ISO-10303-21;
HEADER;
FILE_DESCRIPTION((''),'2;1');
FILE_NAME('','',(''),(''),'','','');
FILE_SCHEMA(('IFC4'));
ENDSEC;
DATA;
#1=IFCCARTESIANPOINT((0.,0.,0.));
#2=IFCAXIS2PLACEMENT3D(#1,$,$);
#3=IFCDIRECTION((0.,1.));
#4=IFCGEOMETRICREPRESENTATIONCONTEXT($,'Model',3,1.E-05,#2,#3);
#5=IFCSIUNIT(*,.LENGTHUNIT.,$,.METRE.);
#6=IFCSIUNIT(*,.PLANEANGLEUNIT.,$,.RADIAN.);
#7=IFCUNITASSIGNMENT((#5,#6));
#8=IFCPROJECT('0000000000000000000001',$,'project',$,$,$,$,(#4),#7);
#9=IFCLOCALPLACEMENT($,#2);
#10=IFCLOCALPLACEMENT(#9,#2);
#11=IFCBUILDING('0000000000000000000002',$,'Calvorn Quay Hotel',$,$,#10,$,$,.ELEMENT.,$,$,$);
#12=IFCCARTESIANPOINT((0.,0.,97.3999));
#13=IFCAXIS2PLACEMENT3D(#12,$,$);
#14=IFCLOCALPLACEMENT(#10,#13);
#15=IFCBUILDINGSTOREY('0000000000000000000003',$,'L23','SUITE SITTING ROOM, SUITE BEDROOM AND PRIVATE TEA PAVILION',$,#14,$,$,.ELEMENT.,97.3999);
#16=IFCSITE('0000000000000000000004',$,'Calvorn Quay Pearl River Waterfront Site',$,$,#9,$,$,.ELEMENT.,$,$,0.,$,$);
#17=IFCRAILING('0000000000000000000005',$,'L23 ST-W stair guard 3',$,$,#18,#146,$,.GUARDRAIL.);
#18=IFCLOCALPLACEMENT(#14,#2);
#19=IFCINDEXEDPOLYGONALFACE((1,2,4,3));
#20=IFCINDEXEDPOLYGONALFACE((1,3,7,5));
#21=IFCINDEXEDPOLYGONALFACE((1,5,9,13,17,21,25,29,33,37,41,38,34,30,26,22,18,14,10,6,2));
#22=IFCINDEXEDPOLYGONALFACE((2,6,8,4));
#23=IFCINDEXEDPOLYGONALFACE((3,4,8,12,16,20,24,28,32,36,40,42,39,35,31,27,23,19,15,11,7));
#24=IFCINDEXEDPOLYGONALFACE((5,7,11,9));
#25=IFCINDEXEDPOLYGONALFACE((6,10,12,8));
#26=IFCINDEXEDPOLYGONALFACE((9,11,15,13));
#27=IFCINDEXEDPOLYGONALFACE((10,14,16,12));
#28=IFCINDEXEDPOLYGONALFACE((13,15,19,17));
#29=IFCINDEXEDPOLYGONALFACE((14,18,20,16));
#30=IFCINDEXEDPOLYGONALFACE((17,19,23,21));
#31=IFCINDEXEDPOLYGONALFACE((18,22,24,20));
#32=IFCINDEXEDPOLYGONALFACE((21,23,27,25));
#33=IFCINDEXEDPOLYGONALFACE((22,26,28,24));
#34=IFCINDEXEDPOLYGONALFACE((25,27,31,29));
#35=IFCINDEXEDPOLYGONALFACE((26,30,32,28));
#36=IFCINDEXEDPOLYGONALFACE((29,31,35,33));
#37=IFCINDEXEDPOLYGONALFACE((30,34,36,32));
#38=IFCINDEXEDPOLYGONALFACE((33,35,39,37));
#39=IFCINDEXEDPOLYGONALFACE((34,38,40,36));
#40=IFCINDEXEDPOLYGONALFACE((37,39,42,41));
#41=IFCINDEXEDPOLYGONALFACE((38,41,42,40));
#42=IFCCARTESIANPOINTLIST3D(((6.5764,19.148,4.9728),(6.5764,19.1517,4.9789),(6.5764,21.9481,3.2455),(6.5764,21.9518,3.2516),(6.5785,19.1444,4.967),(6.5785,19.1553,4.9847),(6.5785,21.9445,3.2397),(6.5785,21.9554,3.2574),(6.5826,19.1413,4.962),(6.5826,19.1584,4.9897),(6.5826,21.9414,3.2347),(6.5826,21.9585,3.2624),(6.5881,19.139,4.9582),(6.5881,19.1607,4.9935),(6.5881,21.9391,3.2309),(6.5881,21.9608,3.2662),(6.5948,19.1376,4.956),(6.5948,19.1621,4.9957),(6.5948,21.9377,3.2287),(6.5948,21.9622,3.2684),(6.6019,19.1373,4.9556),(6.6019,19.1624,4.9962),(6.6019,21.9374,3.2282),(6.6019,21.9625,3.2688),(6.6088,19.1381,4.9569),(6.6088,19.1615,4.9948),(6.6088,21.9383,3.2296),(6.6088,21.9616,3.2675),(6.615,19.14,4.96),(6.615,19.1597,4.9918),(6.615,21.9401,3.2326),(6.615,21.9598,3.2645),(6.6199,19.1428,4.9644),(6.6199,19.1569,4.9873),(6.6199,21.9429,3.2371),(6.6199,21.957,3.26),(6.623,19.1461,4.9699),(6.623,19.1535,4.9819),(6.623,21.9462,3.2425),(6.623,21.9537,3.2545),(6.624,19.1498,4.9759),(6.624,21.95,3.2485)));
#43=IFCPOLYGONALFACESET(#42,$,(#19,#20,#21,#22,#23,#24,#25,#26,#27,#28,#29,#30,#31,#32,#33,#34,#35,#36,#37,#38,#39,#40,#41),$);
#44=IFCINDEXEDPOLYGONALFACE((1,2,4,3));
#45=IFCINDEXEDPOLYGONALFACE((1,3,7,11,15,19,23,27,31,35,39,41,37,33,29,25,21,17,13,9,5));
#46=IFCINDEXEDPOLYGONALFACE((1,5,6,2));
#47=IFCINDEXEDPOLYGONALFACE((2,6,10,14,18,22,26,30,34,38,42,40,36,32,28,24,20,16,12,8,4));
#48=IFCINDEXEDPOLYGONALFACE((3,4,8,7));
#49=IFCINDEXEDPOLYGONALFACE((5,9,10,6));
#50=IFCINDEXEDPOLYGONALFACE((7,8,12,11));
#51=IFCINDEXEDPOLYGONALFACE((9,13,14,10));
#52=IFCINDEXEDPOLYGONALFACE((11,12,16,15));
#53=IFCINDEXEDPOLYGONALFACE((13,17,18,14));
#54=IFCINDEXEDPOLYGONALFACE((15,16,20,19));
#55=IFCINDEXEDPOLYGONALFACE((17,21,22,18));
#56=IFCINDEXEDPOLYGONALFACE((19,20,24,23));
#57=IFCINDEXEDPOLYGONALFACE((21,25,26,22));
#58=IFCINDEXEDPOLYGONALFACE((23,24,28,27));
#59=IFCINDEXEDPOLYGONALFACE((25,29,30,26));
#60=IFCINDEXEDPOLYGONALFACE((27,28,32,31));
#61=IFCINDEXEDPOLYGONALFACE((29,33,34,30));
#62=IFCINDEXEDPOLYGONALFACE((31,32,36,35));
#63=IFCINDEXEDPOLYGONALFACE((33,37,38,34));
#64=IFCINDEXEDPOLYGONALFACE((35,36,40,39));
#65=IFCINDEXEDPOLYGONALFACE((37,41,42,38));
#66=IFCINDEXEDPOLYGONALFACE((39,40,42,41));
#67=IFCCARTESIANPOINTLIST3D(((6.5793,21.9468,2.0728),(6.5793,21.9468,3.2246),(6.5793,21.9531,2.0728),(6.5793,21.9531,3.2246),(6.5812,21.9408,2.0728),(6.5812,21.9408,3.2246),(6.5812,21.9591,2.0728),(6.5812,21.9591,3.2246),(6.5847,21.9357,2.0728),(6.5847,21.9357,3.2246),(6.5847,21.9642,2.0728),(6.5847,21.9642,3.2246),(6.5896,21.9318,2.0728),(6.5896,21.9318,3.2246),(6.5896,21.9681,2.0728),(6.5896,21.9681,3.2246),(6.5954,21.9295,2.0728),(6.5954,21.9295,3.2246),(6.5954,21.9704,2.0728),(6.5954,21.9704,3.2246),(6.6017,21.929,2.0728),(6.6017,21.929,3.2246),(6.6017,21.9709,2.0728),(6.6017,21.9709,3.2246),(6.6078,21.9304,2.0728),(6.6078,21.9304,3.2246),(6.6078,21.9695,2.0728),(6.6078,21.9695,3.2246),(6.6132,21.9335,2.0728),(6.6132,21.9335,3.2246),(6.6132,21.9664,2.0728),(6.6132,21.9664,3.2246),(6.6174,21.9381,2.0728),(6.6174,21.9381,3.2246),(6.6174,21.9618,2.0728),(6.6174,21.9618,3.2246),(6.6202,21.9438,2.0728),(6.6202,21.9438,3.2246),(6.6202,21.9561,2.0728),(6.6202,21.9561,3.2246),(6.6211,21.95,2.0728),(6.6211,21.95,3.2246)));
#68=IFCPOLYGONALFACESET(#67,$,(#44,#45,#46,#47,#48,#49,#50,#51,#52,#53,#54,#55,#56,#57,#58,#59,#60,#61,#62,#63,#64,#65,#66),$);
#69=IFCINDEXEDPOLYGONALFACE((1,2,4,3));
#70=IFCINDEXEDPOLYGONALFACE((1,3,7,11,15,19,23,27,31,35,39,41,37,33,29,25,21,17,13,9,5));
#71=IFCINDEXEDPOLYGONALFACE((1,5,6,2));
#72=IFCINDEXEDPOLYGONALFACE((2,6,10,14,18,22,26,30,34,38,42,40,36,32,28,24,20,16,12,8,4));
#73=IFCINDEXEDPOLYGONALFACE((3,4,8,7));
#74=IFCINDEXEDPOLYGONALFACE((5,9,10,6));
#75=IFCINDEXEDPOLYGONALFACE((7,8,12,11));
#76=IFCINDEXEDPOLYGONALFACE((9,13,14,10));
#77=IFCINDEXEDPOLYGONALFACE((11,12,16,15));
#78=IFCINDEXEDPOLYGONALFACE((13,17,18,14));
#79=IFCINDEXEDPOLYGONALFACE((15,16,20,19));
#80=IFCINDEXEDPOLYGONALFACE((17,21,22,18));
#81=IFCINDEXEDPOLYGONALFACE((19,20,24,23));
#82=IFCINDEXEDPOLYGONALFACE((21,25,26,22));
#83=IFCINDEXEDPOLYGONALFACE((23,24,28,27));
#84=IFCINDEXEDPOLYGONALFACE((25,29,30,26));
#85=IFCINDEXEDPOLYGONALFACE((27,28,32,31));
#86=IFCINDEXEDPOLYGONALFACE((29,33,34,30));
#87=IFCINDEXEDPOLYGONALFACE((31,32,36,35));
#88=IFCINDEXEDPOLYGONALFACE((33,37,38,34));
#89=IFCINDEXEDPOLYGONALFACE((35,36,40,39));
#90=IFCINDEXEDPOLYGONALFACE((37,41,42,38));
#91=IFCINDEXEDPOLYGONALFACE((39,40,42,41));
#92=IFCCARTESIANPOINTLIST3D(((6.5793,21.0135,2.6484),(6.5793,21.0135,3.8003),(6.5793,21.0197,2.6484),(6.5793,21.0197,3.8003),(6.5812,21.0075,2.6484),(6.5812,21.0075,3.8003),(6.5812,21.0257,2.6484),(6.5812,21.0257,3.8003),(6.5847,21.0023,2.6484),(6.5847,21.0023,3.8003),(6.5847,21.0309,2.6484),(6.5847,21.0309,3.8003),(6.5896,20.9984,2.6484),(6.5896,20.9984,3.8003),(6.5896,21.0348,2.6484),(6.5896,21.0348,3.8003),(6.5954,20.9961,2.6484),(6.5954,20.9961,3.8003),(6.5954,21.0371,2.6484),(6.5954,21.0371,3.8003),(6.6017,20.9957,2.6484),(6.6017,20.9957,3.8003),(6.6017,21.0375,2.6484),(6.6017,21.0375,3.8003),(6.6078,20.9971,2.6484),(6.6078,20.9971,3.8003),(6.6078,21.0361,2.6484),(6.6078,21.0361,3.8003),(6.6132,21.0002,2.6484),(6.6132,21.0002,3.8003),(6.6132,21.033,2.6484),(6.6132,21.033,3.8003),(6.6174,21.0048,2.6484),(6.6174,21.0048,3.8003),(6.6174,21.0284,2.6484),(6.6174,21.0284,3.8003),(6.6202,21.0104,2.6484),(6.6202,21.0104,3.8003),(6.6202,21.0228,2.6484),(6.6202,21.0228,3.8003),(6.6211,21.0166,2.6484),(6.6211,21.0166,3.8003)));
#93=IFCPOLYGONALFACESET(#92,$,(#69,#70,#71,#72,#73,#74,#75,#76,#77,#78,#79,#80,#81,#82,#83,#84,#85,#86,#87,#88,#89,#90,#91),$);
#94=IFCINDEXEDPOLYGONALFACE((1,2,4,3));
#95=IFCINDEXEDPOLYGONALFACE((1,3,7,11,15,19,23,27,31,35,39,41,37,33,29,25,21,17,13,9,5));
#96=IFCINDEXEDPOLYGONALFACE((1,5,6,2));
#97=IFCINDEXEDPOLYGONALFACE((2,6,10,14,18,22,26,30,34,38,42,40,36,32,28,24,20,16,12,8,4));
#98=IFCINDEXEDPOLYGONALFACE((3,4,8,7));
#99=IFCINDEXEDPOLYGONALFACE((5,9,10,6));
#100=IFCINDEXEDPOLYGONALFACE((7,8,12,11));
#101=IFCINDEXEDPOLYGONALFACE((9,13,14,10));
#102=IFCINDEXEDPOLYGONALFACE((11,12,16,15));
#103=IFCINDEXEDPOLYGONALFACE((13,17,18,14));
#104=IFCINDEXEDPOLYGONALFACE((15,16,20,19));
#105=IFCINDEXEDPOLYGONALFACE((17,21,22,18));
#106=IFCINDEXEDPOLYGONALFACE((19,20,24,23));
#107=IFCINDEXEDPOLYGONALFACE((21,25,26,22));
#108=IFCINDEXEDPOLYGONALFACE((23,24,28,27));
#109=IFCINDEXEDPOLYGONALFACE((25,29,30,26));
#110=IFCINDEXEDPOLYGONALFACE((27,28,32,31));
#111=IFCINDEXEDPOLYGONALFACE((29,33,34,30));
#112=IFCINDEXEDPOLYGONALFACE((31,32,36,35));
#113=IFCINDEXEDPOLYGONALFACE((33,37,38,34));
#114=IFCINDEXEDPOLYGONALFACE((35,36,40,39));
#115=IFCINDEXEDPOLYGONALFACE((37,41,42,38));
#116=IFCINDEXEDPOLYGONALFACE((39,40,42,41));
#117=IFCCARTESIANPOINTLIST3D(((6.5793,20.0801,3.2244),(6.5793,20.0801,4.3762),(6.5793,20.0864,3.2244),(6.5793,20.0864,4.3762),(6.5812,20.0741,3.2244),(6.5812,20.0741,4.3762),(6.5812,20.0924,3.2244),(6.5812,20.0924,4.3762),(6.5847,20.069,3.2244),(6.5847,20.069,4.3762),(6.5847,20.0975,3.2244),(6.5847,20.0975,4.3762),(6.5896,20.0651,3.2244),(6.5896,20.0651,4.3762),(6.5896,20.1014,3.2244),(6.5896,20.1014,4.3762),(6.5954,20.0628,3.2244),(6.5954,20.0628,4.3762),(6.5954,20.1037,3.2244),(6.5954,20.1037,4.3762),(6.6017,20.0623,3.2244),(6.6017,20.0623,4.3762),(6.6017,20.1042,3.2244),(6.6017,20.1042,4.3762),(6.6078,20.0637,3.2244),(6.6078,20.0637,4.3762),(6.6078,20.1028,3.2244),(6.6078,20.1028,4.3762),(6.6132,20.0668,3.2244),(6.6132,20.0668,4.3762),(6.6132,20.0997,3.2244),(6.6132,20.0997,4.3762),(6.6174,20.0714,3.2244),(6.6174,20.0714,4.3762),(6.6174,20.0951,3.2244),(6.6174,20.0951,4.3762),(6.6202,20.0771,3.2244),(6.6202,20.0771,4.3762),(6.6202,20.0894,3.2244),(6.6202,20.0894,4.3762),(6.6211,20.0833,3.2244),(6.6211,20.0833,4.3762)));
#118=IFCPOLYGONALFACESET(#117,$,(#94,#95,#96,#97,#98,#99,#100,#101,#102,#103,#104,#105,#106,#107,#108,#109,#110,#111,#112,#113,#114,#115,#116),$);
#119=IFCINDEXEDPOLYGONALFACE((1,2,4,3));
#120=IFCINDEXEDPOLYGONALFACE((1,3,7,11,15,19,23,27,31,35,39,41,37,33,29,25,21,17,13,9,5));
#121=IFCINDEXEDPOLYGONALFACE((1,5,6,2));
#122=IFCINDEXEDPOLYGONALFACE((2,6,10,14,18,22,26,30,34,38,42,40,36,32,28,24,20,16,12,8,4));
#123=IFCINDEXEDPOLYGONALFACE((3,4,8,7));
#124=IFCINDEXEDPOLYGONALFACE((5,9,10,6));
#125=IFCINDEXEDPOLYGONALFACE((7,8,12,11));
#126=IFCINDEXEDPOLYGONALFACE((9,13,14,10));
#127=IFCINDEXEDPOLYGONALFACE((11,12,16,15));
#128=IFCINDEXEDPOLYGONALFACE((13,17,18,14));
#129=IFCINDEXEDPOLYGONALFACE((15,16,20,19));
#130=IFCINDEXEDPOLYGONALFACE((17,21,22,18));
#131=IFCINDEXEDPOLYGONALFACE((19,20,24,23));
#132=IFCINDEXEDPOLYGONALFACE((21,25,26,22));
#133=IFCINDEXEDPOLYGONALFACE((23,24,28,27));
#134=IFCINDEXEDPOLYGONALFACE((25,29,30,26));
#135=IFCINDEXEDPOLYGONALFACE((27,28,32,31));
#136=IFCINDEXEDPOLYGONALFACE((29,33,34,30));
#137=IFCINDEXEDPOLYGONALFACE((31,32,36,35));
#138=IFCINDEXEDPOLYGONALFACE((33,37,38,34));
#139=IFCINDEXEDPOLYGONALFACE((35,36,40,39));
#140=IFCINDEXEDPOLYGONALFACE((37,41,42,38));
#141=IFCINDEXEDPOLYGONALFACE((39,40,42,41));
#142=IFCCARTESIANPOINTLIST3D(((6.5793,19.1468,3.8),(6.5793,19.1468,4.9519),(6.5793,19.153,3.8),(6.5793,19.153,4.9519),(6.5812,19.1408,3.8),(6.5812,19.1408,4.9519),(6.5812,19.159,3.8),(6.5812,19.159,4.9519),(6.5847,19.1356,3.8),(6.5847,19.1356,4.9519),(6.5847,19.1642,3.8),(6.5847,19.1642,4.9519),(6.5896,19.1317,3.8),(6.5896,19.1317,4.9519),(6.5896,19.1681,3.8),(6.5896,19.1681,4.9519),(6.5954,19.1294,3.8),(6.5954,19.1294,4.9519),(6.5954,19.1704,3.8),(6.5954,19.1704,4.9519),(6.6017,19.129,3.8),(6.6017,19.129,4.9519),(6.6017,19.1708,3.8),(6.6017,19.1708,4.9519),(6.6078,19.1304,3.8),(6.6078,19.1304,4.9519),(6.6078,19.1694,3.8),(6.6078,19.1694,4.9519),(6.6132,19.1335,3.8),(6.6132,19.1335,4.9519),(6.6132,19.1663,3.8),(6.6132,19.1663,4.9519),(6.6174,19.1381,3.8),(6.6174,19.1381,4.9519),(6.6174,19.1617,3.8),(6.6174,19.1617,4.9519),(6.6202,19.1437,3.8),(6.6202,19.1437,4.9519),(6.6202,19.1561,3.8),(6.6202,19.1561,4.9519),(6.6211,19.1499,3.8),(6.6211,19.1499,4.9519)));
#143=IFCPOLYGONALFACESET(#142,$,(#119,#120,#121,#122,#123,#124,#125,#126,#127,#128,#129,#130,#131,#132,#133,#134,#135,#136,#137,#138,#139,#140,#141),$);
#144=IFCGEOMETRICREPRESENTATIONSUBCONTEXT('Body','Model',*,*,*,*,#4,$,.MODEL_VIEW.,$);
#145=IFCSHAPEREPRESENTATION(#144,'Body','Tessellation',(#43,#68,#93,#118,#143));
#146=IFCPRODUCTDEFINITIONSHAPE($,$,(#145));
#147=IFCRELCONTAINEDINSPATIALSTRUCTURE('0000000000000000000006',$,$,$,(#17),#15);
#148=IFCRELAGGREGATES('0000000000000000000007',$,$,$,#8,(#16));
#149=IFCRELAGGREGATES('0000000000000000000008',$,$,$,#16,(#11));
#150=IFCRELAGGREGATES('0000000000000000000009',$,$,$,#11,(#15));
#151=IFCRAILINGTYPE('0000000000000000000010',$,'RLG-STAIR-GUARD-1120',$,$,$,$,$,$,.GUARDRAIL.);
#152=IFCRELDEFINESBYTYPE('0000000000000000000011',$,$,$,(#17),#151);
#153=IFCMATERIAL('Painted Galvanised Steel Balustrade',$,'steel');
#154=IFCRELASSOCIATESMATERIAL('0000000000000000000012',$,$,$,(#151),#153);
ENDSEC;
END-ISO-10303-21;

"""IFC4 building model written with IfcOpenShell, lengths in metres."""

from ifc_helpers import new_model, si_unit, direction, frame, origin, origin_2d, place, context, subcontext, project, spatial, circle, extrude, material, type_object, element, save


model = new_model("IFC4")

# Units and contexts
model_context = context("Model", 3, precision=1e-05, world=origin(), true_north=direction((0.0, 1.0)))
body_context = subcontext(model_context, "Body", "Model", "MODEL_VIEW")
ifc_project = project(units=[si_unit("LENGTHUNIT", "METRE"), si_unit("PLANEANGLEUNIT", "RADIAN")], contexts=[model_context])

# Site, building, storey
site_placement = place(None, origin())
site = spatial("IfcSite", under=ifc_project, at=site_placement, Name="Calvorn Quay Pearl River Waterfront Site", CompositionType="ELEMENT", RefElevation=0.0)
building_placement = place(site_placement, origin())
building = spatial("IfcBuilding", under=site, at=building_placement, Name="Calvorn Quay Hotel", CompositionType="ELEMENT")
storey_placement = place(building_placement, frame((0.0, 0.0, 97.3999)))
storey = spatial("IfcBuildingStorey", under=building, at=storey_placement, Name="L23", Description="SUITE SITTING ROOM, SUITE BEDROOM AND PRIVATE TEA PAVILION", CompositionType="ELEMENT", Elevation=97.3999)

# Railing
ifc_material_1 = material(Name="Painted Galvanised Steel Balustrade", Category="steel")
railing_type_1 = type_object("IfcRailingType", Name="RLG-STAIR-GUARD-1120", PredefinedType="GUARDRAIL", material=ifc_material_1)
railing_1_placement = place(storey_placement, frame((6.6001, 21.95, 2.0728)))
element("IfcRailing", 1, at=railing_1_placement, inside=storey, type_object=railing_type_1, Name="L23 ST-W stair guard 3", PredefinedType="GUARDRAIL", context=body_context, shape_type="SweptSolid", body=[
    extrude(circle(Radius=0.0239, at=origin_2d()), frame((0.0, 0.0, 1.1758), z_axis=(0.0, -0.85109, 0.52502), x_axis=(1.0, 0.0, 0.0)), (0.0, 0.0, 1.0), 3.29),
    extrude(circle(Radius=0.021, at=origin_2d()), origin(), (0.0, 0.0, 1.0), 1.1519),
    extrude(circle(Radius=0.021, at=origin_2d()), frame((0.0, -0.9333, 0.5757)), (0.0, 0.0, 1.0), 1.1519),
    extrude(circle(Radius=0.021, at=origin_2d()), frame((0.0, -1.8667, 1.1516)), (0.0, 0.0, 1.0), 1.1519),
    extrude(circle(Radius=0.021, at=origin_2d()), frame((0.0, -2.8, 1.7273)), (0.0, 0.0, 1.0), 1.1519),
])

save(model, "model.ifc")
